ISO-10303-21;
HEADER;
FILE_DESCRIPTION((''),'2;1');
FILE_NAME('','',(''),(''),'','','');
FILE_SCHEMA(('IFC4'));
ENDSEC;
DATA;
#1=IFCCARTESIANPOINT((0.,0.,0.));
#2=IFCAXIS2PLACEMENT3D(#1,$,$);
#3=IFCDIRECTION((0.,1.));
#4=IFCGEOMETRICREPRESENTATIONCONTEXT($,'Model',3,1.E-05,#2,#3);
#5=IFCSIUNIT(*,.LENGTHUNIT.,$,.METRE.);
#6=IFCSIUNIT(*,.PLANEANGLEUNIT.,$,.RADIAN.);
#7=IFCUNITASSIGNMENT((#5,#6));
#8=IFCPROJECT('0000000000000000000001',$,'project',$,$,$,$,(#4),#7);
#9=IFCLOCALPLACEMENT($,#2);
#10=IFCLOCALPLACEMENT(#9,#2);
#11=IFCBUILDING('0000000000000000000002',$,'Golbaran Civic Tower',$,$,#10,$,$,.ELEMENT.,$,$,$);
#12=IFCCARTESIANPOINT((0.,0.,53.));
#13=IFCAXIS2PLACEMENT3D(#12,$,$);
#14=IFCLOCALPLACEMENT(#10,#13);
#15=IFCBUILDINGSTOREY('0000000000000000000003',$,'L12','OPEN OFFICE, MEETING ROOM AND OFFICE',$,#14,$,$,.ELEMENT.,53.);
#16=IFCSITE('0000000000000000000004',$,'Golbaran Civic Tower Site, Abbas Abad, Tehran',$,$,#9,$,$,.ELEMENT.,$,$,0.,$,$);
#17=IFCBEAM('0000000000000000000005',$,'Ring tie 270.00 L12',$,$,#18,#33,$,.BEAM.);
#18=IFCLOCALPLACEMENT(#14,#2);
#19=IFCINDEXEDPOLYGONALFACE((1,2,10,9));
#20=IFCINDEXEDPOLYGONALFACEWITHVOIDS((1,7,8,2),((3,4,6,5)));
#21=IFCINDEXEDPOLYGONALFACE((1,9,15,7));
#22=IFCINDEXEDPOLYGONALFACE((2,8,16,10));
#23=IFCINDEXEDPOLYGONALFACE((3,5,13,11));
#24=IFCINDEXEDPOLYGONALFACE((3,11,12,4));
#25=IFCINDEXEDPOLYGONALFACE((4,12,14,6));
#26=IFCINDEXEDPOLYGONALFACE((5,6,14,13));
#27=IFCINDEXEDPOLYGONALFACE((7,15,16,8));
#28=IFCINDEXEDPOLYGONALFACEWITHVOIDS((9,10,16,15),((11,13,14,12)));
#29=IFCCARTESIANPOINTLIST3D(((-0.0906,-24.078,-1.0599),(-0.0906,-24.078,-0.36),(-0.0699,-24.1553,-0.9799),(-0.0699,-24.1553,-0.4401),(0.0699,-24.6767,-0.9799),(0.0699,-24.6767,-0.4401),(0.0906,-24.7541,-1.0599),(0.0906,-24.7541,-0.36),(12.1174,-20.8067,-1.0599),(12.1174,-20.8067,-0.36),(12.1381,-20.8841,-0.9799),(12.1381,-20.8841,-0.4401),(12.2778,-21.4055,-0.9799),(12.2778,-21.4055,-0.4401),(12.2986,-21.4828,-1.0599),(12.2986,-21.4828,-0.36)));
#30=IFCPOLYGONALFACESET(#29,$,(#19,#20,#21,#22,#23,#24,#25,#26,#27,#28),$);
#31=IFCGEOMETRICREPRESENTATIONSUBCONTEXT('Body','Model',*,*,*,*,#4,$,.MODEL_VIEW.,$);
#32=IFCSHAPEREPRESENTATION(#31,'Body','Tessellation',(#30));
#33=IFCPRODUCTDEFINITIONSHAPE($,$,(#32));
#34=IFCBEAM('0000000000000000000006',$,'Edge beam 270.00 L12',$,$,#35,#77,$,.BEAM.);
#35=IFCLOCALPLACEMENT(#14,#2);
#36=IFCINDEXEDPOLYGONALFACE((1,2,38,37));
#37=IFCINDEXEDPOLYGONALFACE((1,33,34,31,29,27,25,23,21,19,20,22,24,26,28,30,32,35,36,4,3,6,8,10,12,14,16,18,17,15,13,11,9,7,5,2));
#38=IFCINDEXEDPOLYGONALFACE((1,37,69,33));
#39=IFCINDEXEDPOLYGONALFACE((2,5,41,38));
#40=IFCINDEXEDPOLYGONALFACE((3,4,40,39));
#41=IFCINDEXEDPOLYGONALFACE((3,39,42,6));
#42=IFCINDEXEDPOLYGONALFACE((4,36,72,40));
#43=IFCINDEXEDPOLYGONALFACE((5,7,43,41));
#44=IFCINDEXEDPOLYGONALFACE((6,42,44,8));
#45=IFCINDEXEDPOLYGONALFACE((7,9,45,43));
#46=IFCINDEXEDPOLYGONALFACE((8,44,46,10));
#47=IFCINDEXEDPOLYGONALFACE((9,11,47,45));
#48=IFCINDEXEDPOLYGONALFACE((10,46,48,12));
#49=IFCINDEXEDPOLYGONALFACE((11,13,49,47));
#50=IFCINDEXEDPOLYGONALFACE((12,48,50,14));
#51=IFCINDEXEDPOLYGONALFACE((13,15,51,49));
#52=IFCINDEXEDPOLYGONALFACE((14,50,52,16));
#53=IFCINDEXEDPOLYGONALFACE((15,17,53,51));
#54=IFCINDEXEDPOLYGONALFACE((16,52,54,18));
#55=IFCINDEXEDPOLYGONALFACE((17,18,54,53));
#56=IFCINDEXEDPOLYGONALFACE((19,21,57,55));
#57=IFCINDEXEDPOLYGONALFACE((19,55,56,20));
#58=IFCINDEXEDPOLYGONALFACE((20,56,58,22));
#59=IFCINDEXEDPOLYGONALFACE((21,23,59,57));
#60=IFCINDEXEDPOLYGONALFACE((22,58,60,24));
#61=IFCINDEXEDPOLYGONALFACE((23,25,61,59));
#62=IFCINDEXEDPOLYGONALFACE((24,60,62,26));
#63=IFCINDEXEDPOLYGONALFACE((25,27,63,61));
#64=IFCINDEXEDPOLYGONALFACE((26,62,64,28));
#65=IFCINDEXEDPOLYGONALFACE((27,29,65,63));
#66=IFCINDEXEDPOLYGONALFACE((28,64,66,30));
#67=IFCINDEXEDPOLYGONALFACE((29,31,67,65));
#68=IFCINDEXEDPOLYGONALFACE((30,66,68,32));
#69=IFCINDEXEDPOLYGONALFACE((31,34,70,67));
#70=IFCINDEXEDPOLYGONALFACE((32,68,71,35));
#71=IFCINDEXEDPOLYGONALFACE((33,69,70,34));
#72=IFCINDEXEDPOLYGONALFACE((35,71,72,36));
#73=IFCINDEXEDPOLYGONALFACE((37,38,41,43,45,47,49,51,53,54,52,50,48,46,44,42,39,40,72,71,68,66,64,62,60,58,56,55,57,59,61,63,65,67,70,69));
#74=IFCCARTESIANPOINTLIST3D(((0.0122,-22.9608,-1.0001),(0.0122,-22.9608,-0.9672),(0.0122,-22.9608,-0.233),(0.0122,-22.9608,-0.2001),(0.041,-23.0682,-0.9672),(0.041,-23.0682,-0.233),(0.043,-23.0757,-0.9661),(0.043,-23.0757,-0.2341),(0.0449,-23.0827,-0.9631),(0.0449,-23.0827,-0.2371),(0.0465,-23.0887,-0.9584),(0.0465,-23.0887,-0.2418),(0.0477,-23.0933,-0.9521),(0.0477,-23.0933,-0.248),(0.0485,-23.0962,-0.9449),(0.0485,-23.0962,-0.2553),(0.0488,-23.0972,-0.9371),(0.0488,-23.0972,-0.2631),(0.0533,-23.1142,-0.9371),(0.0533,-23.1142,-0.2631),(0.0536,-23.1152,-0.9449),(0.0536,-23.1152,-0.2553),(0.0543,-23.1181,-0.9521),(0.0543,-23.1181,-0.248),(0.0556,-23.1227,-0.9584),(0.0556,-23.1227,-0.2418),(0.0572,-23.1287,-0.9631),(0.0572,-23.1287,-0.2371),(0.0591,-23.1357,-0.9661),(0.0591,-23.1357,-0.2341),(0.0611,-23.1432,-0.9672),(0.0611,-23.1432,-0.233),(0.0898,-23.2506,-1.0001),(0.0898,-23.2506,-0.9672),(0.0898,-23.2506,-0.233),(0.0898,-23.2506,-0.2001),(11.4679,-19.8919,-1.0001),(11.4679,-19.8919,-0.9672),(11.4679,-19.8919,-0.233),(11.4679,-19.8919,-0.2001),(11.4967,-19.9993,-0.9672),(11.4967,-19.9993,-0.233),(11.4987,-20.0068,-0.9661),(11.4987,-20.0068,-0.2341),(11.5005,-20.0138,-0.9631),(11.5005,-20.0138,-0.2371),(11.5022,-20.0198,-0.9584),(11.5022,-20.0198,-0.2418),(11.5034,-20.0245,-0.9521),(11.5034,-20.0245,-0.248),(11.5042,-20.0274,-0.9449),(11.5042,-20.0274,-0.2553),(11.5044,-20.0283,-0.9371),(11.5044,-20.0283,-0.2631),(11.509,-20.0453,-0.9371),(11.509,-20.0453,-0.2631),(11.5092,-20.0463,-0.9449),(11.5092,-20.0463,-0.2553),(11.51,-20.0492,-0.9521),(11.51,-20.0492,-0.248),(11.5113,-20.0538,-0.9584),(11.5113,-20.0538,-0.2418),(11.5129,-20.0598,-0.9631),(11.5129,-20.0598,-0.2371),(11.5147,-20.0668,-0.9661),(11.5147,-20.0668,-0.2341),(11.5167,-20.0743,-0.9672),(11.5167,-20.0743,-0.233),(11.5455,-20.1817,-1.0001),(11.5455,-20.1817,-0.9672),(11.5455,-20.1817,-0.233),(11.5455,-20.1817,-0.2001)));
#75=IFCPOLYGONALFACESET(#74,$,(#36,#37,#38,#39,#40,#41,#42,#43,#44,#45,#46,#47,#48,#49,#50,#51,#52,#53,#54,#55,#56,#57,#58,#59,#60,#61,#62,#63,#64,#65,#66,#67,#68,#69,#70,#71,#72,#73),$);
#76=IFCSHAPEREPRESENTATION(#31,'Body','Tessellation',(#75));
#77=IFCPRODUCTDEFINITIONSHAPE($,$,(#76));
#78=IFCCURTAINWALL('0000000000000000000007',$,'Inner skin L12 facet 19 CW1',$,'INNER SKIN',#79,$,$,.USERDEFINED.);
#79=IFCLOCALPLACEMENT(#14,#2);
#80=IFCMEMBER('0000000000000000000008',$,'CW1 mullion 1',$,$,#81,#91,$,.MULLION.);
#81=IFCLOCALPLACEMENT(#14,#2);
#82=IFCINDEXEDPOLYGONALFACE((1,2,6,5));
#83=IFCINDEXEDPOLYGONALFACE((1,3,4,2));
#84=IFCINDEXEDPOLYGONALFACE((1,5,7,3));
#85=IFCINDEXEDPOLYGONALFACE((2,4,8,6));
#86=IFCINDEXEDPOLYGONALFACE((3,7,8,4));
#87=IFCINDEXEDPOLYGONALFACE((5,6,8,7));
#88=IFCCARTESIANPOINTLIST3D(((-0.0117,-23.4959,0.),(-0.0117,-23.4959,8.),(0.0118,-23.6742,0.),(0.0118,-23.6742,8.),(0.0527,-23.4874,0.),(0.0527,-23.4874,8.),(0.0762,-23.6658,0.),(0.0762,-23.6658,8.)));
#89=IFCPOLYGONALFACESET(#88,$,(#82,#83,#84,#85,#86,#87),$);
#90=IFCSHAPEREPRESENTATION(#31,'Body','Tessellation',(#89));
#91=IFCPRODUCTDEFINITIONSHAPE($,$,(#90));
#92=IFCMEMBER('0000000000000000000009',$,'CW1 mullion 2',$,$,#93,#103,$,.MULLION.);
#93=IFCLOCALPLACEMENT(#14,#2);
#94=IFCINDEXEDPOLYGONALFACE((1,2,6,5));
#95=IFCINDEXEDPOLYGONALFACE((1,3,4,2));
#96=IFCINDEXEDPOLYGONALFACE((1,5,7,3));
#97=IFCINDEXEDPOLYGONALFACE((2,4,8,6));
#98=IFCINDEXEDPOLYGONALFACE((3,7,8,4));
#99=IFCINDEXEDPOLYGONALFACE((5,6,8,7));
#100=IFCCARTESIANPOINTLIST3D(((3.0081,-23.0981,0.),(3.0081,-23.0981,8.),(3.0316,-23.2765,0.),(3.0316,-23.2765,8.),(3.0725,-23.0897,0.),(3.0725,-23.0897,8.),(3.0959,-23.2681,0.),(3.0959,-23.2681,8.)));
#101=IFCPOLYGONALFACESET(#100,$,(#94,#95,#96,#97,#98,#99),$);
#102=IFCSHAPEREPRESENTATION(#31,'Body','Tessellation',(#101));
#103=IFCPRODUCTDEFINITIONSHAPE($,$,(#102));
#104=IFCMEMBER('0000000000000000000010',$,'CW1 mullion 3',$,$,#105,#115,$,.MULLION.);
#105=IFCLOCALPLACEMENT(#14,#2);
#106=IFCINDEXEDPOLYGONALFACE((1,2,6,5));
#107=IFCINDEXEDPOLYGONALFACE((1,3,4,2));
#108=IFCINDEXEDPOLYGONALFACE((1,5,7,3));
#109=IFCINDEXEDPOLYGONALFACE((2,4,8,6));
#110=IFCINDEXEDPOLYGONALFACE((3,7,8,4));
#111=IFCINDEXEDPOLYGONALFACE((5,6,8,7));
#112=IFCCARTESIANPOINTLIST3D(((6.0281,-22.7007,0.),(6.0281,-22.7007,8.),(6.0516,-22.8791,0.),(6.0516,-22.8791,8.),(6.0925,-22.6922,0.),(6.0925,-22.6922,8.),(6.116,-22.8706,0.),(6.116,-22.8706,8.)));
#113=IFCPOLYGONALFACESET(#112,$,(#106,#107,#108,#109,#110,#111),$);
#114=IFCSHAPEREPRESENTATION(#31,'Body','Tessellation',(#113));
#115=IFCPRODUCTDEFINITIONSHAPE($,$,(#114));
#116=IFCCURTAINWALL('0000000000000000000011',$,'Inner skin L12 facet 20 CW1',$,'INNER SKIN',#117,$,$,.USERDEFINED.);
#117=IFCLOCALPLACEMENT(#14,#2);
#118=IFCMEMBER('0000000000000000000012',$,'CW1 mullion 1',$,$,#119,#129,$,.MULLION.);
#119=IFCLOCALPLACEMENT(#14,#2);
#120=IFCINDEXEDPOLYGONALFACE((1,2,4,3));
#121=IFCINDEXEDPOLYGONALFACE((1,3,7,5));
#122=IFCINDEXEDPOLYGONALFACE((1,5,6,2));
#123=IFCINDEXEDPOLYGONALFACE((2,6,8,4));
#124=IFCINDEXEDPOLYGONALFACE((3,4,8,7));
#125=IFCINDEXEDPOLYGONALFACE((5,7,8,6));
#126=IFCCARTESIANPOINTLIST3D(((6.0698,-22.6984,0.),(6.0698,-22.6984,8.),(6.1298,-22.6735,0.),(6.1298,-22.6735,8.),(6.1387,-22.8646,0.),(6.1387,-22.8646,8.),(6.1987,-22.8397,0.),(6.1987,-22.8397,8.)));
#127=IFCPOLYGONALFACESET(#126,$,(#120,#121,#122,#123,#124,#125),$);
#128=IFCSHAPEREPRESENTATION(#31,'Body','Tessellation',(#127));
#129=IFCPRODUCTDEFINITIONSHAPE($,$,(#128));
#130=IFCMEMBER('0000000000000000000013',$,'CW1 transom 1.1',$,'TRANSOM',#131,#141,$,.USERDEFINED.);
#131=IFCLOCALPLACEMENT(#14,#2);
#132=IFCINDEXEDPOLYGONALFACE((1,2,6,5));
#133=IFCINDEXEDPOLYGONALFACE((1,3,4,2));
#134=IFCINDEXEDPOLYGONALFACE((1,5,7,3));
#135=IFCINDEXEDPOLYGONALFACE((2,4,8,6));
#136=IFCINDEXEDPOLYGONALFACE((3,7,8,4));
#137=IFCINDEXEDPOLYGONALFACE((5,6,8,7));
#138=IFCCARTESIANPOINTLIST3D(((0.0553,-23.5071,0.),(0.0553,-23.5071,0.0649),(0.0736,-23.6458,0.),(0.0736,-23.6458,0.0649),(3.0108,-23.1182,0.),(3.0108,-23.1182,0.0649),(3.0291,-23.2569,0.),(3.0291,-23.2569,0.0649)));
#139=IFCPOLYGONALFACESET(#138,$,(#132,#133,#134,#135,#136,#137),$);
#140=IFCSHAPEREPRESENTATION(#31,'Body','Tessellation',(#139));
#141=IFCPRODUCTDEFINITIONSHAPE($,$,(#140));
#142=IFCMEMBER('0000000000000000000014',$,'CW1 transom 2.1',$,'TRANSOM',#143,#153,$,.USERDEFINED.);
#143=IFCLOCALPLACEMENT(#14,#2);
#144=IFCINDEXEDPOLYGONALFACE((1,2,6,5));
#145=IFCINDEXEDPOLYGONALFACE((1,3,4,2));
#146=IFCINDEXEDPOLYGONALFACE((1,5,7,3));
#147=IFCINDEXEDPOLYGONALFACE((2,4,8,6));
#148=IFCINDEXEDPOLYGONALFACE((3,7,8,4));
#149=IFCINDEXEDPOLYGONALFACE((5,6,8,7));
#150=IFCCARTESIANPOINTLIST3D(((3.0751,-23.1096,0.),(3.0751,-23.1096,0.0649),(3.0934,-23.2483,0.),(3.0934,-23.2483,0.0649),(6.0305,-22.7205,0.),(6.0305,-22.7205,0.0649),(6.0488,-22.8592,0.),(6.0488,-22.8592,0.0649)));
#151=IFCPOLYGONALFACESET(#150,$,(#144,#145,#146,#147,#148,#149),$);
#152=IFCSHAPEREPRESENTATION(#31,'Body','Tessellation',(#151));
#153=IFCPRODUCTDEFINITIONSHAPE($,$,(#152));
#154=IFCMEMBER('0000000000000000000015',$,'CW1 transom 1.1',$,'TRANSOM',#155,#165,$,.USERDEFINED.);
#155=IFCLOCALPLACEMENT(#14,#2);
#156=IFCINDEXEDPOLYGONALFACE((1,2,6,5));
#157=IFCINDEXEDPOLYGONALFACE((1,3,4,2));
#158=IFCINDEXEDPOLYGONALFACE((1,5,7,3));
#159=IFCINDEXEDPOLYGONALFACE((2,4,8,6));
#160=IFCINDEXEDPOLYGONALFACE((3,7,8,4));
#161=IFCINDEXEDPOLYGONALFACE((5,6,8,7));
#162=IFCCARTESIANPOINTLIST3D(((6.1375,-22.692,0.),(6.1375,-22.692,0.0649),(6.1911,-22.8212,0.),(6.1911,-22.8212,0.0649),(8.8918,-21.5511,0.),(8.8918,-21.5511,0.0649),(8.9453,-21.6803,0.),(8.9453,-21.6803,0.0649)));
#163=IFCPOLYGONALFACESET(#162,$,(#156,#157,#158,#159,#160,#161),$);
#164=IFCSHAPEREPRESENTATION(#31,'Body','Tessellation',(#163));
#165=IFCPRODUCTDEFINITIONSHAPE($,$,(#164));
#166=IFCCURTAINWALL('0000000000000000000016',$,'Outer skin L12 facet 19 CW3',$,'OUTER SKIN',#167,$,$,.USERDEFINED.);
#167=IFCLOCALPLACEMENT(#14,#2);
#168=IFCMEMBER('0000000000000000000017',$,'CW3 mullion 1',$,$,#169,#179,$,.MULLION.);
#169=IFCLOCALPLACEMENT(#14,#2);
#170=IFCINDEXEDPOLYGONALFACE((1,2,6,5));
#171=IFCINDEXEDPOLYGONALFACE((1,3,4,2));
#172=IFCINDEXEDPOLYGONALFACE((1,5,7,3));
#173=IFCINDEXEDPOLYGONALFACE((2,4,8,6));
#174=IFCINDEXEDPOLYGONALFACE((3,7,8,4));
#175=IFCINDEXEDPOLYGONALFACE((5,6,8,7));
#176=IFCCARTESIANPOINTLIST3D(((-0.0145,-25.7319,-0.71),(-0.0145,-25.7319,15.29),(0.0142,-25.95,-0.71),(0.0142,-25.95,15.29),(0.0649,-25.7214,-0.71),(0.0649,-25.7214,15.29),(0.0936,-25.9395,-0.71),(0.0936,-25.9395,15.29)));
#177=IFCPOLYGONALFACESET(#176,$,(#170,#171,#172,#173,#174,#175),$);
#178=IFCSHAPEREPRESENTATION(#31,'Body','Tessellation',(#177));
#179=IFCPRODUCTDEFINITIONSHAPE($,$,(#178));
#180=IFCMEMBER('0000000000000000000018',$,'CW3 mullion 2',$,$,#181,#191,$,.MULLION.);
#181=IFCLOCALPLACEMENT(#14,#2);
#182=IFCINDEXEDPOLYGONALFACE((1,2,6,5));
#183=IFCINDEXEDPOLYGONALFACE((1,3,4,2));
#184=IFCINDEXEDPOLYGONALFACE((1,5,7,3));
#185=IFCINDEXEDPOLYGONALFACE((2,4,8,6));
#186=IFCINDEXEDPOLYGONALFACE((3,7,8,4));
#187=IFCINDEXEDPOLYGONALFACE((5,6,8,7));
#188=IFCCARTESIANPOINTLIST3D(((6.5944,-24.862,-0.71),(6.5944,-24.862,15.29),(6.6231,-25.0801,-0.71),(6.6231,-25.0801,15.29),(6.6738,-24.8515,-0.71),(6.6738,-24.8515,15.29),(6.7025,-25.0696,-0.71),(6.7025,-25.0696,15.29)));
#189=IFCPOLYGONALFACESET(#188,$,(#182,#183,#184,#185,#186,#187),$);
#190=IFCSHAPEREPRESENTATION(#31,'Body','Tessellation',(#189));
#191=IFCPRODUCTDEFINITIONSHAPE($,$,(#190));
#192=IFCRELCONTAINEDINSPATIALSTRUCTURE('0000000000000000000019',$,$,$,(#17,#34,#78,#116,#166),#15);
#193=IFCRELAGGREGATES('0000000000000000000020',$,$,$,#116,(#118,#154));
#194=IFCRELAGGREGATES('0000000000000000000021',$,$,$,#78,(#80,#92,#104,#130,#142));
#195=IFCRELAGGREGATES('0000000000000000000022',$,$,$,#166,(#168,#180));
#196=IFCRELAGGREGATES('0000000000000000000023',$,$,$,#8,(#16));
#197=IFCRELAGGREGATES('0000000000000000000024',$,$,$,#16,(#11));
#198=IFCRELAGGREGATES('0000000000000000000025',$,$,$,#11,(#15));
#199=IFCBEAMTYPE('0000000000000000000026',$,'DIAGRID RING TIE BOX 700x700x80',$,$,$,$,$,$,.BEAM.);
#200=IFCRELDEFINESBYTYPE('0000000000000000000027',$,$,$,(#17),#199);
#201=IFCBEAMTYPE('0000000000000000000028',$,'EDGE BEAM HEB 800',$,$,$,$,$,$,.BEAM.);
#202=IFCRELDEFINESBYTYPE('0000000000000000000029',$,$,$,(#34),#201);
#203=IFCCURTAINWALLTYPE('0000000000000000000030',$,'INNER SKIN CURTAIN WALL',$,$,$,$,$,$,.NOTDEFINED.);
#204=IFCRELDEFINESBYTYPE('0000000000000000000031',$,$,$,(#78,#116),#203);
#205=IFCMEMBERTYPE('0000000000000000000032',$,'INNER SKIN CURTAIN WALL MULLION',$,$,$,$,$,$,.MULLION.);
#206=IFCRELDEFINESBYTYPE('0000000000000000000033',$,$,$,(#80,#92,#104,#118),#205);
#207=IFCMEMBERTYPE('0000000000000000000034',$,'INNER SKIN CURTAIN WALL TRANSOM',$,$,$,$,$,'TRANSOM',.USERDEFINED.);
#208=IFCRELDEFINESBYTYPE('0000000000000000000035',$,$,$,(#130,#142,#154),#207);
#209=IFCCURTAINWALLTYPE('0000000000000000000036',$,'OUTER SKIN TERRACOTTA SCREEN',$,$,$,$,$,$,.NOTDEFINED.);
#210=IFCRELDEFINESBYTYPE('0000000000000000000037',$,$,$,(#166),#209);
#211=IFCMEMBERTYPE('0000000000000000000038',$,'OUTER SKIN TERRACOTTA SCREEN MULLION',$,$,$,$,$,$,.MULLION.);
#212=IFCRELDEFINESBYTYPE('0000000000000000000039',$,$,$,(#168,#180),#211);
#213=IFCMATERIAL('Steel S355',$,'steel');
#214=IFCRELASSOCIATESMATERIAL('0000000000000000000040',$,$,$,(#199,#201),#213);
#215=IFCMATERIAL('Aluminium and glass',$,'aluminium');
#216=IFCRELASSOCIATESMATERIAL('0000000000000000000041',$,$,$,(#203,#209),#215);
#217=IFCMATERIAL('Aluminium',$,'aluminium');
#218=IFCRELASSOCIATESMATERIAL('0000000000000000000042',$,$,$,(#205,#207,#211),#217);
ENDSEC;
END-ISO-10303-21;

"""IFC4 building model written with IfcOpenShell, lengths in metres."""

from ifc_helpers import new_model, si_unit, direction, frame, origin, origin_2d, place, context, subcontext, project, spatial, rectangle, hollow_rectangle, i_section, extrude, material, material_profile, profile_set, type_object, element, aggregate, save


model = new_model("IFC4")

# Units and contexts
model_context = context("Model", 3, precision=1e-05, world=origin(), true_north=direction((0.0, 1.0)))
body_context = subcontext(model_context, "Body", "Model", "MODEL_VIEW")
ifc_project = project(units=[si_unit("LENGTHUNIT", "METRE"), si_unit("PLANEANGLEUNIT", "RADIAN")], contexts=[model_context])

# Site, building, storey
site_placement = place(None, origin())
site = spatial("IfcSite", under=ifc_project, at=site_placement, Name="Golbaran Civic Tower Site, Abbas Abad, Tehran", CompositionType="ELEMENT", RefElevation=0.0)
building_placement = place(site_placement, origin())
building = spatial("IfcBuilding", under=site, at=building_placement, Name="Golbaran Civic Tower", CompositionType="ELEMENT")
storey_placement = place(building_placement, frame((0.0, 0.0, 53.0)))
storey = spatial("IfcBuildingStorey", under=building, at=storey_placement, Name="L12", Description="OPEN OFFICE, MEETING ROOM AND OFFICE", CompositionType="ELEMENT", Elevation=53.0)

# Beams
ifc_material_1 = material(Name="Steel S355", Category="steel")
ifc_material_profile_1 = material_profile(ifc_material_1, hollow_rectangle(XDim=0.7, YDim=0.7, WallThickness=0.0801, at=origin_2d()), Name="BOX 700x700x80")
ifc_profile_set_1 = profile_set([ifc_material_profile_1], Name="Steel S355")
beam_type_1 = type_object("IfcBeamType", Name="DIAGRID RING TIE BOX 700x700x80", PredefinedType="BEAM", material=ifc_profile_set_1)
beam_1_placement = place(storey_placement, frame((0.0, -24.416, -0.71), z_axis=(0.965924, 0.258827, 0.0), x_axis=(-0.258827, 0.965924, 0.0)))
element("IfcBeam", 1, at=beam_1_placement, inside=storey, type_object=beam_type_1, Name="Ring tie 270.00 L12", PredefinedType="BEAM", context=body_context, shape_type="SweptSolid", body=[
    extrude(hollow_rectangle(XDim=0.7, YDim=0.7, WallThickness=0.0801, at=origin_2d()), origin(), (0.0, 0.0, 1.0), 12.6387),
])
ifc_material_profile_2 = material_profile(ifc_material_1, i_section(OverallWidth=0.3, OverallDepth=0.8, WebThickness=0.0176, FlangeThickness=0.033, FilletRadius=0.03, at=origin_2d()), Name="HEB 800")
ifc_profile_set_2 = profile_set([ifc_material_profile_2], Name="Steel S355")
beam_type_2 = type_object("IfcBeamType", Name="EDGE BEAM HEB 800", PredefinedType="BEAM", material=ifc_profile_set_2)
beam_2_placement = place(storey_placement, frame((0.051, -23.1057, -0.6001), z_axis=(0.96594, 0.258767, 0.0), x_axis=(-0.258767, 0.96594, 0.0)))
element("IfcBeam", 2, at=beam_2_placement, inside=storey, type_object=beam_type_2, Name="Edge beam 270.00 L12", PredefinedType="BEAM", context=body_context, shape_type="SweptSolid", body=[
    extrude(i_section(OverallWidth=0.3, OverallDepth=0.8, WebThickness=0.0176, FlangeThickness=0.033, FilletRadius=0.03, at=origin_2d()), origin(), (0.0, 0.0, 1.0), 11.8596),
])

# Curtain wall, members
ifc_material_2 = material(Name="Aluminium and glass", Category="aluminium")
curtain_wall_type_1 = type_object("IfcCurtainWallType", Name="INNER SKIN CURTAIN WALL", PredefinedType="NOTDEFINED", material=ifc_material_2)
curtain_wall_1_placement = place(storey_placement, origin())
curtain_wall_1 = element("IfcCurtainWall", 3, at=curtain_wall_1_placement, inside=storey, type_object=curtain_wall_type_1, Name="Inner skin L12 facet 19 CW1", ObjectType="INNER SKIN", PredefinedType="USERDEFINED")
ifc_material_3 = material(Name="Aluminium", Category="aluminium")
ifc_material_profile_3 = material_profile(ifc_material_3, rectangle(XDim=0.1799, YDim=0.0649, at=origin_2d()), Name="INNER SKIN CURTAIN WALL MULLION")
ifc_profile_set_3 = profile_set([ifc_material_profile_3], Name="Aluminium")
member_type_1 = type_object("IfcMemberType", Name="INNER SKIN CURTAIN WALL MULLION", PredefinedType="MULLION", material=ifc_profile_set_3)
member_1_placement = place(storey_placement, frame((0.0322, -23.5808, 0.0), z_axis=(0.0, 0.0, 1.0), x_axis=(-0.130526, 0.991445, 0.0)))
member_1 = element("IfcMember", 4, at=member_1_placement, type_object=member_type_1, Name="CW1 mullion 1", PredefinedType="MULLION", context=body_context, shape_type="SweptSolid", body=[
    extrude(rectangle(XDim=0.1799, YDim=0.0649, at=origin_2d()), origin(), (0.0, 0.0, 1.0), 8.0),
])
member_2_placement = place(storey_placement, frame((3.052, -23.1831, 0.0), z_axis=(0.0, 0.0, 1.0), x_axis=(-0.130526, 0.991445, 0.0)))
member_2 = element("IfcMember", 5, at=member_2_placement, type_object=member_type_1, Name="CW1 mullion 2", PredefinedType="MULLION", context=body_context, shape_type="SweptSolid", body=[
    extrude(rectangle(XDim=0.1799, YDim=0.0649, at=origin_2d()), origin(), (0.0, 0.0, 1.0), 8.0),
])
member_3_placement = place(storey_placement, frame((6.072, -22.7856, 0.0), z_axis=(0.0, 0.0, 1.0), x_axis=(-0.130526, 0.991445, 0.0)))
member_3 = element("IfcMember", 6, at=member_3_placement, type_object=member_type_1, Name="CW1 mullion 3", PredefinedType="MULLION", context=body_context, shape_type="SweptSolid", body=[
    extrude(rectangle(XDim=0.1799, YDim=0.0649, at=origin_2d()), origin(), (0.0, 0.0, 1.0), 8.0),
])

# Curtain wall, member
curtain_wall_2_placement = place(storey_placement, origin())
curtain_wall_2 = element("IfcCurtainWall", 7, at=curtain_wall_2_placement, inside=storey, type_object=curtain_wall_type_1, Name="Inner skin L12 facet 20 CW1", ObjectType="INNER SKIN", PredefinedType="USERDEFINED")
member_4_placement = place(storey_placement, frame((6.1343, -22.769, 0.0), z_axis=(0.0, 0.0, 1.0), x_axis=(-0.382683, 0.92388, 0.0)))
member_4 = element("IfcMember", 8, at=member_4_placement, type_object=member_type_1, Name="CW1 mullion 1", PredefinedType="MULLION", context=body_context, shape_type="SweptSolid", body=[
    extrude(rectangle(XDim=0.1799, YDim=0.0649, at=origin_2d()), origin(), (0.0, 0.0, 1.0), 8.0),
])

# Members
ifc_material_profile_4 = material_profile(ifc_material_3, rectangle(XDim=0.1399, YDim=0.0649, at=origin_2d()), Name="INNER SKIN CURTAIN WALL TRANSOM")
ifc_profile_set_4 = profile_set([ifc_material_profile_4], Name="Aluminium")
member_type_2 = type_object("IfcMemberType", Name="INNER SKIN CURTAIN WALL TRANSOM", ElementType="TRANSOM", PredefinedType="USERDEFINED", material=ifc_profile_set_4)
member_5_placement = place(storey_placement, frame((0.0645, -23.5764, 0.0325), z_axis=(0.991453, 0.130463, 0.0), x_axis=(-0.130463, 0.991453, 0.0)))
member_5 = element("IfcMember", 9, at=member_5_placement, type_object=member_type_2, Name="CW1 transom 1.1", ObjectType="TRANSOM", PredefinedType="USERDEFINED", context=body_context, shape_type="SweptSolid", body=[
    extrude(rectangle(XDim=0.1399, YDim=0.0649, at=origin_2d()), origin(), (0.0, 0.0, 1.0), 2.981),
])
member_6_placement = place(storey_placement, frame((3.0842, -23.179, 0.0325), z_axis=(0.991443, 0.130543, 0.0), x_axis=(-0.130543, 0.991443, 0.0)))
member_6 = element("IfcMember", 10, at=member_6_placement, type_object=member_type_2, Name="CW1 transom 2.1", ObjectType="TRANSOM", PredefinedType="USERDEFINED", context=body_context, shape_type="SweptSolid", body=[
    extrude(rectangle(XDim=0.1399, YDim=0.0649, at=origin_2d()), origin(), (0.0, 0.0, 1.0), 2.981),
])
member_7_placement = place(storey_placement, frame((6.1643, -22.7566, 0.0325), z_axis=(0.923872, 0.382701, 0.0), x_axis=(-0.382701, 0.923872, 0.0)))
member_7 = element("IfcMember", 11, at=member_7_placement, type_object=member_type_2, Name="CW1 transom 1.1", ObjectType="TRANSOM", PredefinedType="USERDEFINED", context=body_context, shape_type="SweptSolid", body=[
    extrude(rectangle(XDim=0.1399, YDim=0.0649, at=origin_2d()), origin(), (0.0, 0.0, 1.0), 2.9812),
])

# Curtain wall, members
curtain_wall_type_2 = type_object("IfcCurtainWallType", Name="OUTER SKIN TERRACOTTA SCREEN", PredefinedType="NOTDEFINED", material=ifc_material_2)
curtain_wall_3_placement = place(storey_placement, origin())
curtain_wall_3 = element("IfcCurtainWall", 12, at=curtain_wall_3_placement, inside=storey, type_object=curtain_wall_type_2, Name="Outer skin L12 facet 19 CW3", ObjectType="OUTER SKIN", PredefinedType="USERDEFINED")
ifc_material_profile_5 = material_profile(ifc_material_3, rectangle(XDim=0.22, YDim=0.0801, at=origin_2d()), Name="OUTER SKIN TERRACOTTA SCREEN MULLION")
ifc_profile_set_5 = profile_set([ifc_material_profile_5], Name="Aluminium")
member_type_3 = type_object("IfcMemberType", Name="OUTER SKIN TERRACOTTA SCREEN MULLION", PredefinedType="MULLION", material=ifc_profile_set_5)
member_8_placement = place(storey_placement, frame((0.0396, -25.8357, -0.71), z_axis=(0.0, 0.0, 1.0), x_axis=(-0.130526, 0.991445, 0.0)))
member_8 = element("IfcMember", 13, at=member_8_placement, type_object=member_type_3, Name="CW3 mullion 1", PredefinedType="MULLION", context=body_context, shape_type="SweptSolid", body=[
    extrude(rectangle(XDim=0.22, YDim=0.0801, at=origin_2d()), origin(), (0.0, 0.0, 1.0), 16.0),
])
member_9_placement = place(storey_placement, frame((6.6484, -24.9658, -0.71), z_axis=(0.0, 0.0, 1.0), x_axis=(-0.130526, 0.991445, 0.0)))
member_9 = element("IfcMember", 14, at=member_9_placement, type_object=member_type_3, Name="CW3 mullion 2", PredefinedType="MULLION", context=body_context, shape_type="SweptSolid", body=[
    extrude(rectangle(XDim=0.22, YDim=0.0801, at=origin_2d()), origin(), (0.0, 0.0, 1.0), 16.0),
])

aggregate(curtain_wall_2, [member_4, member_7])
aggregate(curtain_wall_1, [member_1, member_2, member_3, member_5, member_6])
aggregate(curtain_wall_3, [member_8, member_9])

save(model, "model.ifc")
